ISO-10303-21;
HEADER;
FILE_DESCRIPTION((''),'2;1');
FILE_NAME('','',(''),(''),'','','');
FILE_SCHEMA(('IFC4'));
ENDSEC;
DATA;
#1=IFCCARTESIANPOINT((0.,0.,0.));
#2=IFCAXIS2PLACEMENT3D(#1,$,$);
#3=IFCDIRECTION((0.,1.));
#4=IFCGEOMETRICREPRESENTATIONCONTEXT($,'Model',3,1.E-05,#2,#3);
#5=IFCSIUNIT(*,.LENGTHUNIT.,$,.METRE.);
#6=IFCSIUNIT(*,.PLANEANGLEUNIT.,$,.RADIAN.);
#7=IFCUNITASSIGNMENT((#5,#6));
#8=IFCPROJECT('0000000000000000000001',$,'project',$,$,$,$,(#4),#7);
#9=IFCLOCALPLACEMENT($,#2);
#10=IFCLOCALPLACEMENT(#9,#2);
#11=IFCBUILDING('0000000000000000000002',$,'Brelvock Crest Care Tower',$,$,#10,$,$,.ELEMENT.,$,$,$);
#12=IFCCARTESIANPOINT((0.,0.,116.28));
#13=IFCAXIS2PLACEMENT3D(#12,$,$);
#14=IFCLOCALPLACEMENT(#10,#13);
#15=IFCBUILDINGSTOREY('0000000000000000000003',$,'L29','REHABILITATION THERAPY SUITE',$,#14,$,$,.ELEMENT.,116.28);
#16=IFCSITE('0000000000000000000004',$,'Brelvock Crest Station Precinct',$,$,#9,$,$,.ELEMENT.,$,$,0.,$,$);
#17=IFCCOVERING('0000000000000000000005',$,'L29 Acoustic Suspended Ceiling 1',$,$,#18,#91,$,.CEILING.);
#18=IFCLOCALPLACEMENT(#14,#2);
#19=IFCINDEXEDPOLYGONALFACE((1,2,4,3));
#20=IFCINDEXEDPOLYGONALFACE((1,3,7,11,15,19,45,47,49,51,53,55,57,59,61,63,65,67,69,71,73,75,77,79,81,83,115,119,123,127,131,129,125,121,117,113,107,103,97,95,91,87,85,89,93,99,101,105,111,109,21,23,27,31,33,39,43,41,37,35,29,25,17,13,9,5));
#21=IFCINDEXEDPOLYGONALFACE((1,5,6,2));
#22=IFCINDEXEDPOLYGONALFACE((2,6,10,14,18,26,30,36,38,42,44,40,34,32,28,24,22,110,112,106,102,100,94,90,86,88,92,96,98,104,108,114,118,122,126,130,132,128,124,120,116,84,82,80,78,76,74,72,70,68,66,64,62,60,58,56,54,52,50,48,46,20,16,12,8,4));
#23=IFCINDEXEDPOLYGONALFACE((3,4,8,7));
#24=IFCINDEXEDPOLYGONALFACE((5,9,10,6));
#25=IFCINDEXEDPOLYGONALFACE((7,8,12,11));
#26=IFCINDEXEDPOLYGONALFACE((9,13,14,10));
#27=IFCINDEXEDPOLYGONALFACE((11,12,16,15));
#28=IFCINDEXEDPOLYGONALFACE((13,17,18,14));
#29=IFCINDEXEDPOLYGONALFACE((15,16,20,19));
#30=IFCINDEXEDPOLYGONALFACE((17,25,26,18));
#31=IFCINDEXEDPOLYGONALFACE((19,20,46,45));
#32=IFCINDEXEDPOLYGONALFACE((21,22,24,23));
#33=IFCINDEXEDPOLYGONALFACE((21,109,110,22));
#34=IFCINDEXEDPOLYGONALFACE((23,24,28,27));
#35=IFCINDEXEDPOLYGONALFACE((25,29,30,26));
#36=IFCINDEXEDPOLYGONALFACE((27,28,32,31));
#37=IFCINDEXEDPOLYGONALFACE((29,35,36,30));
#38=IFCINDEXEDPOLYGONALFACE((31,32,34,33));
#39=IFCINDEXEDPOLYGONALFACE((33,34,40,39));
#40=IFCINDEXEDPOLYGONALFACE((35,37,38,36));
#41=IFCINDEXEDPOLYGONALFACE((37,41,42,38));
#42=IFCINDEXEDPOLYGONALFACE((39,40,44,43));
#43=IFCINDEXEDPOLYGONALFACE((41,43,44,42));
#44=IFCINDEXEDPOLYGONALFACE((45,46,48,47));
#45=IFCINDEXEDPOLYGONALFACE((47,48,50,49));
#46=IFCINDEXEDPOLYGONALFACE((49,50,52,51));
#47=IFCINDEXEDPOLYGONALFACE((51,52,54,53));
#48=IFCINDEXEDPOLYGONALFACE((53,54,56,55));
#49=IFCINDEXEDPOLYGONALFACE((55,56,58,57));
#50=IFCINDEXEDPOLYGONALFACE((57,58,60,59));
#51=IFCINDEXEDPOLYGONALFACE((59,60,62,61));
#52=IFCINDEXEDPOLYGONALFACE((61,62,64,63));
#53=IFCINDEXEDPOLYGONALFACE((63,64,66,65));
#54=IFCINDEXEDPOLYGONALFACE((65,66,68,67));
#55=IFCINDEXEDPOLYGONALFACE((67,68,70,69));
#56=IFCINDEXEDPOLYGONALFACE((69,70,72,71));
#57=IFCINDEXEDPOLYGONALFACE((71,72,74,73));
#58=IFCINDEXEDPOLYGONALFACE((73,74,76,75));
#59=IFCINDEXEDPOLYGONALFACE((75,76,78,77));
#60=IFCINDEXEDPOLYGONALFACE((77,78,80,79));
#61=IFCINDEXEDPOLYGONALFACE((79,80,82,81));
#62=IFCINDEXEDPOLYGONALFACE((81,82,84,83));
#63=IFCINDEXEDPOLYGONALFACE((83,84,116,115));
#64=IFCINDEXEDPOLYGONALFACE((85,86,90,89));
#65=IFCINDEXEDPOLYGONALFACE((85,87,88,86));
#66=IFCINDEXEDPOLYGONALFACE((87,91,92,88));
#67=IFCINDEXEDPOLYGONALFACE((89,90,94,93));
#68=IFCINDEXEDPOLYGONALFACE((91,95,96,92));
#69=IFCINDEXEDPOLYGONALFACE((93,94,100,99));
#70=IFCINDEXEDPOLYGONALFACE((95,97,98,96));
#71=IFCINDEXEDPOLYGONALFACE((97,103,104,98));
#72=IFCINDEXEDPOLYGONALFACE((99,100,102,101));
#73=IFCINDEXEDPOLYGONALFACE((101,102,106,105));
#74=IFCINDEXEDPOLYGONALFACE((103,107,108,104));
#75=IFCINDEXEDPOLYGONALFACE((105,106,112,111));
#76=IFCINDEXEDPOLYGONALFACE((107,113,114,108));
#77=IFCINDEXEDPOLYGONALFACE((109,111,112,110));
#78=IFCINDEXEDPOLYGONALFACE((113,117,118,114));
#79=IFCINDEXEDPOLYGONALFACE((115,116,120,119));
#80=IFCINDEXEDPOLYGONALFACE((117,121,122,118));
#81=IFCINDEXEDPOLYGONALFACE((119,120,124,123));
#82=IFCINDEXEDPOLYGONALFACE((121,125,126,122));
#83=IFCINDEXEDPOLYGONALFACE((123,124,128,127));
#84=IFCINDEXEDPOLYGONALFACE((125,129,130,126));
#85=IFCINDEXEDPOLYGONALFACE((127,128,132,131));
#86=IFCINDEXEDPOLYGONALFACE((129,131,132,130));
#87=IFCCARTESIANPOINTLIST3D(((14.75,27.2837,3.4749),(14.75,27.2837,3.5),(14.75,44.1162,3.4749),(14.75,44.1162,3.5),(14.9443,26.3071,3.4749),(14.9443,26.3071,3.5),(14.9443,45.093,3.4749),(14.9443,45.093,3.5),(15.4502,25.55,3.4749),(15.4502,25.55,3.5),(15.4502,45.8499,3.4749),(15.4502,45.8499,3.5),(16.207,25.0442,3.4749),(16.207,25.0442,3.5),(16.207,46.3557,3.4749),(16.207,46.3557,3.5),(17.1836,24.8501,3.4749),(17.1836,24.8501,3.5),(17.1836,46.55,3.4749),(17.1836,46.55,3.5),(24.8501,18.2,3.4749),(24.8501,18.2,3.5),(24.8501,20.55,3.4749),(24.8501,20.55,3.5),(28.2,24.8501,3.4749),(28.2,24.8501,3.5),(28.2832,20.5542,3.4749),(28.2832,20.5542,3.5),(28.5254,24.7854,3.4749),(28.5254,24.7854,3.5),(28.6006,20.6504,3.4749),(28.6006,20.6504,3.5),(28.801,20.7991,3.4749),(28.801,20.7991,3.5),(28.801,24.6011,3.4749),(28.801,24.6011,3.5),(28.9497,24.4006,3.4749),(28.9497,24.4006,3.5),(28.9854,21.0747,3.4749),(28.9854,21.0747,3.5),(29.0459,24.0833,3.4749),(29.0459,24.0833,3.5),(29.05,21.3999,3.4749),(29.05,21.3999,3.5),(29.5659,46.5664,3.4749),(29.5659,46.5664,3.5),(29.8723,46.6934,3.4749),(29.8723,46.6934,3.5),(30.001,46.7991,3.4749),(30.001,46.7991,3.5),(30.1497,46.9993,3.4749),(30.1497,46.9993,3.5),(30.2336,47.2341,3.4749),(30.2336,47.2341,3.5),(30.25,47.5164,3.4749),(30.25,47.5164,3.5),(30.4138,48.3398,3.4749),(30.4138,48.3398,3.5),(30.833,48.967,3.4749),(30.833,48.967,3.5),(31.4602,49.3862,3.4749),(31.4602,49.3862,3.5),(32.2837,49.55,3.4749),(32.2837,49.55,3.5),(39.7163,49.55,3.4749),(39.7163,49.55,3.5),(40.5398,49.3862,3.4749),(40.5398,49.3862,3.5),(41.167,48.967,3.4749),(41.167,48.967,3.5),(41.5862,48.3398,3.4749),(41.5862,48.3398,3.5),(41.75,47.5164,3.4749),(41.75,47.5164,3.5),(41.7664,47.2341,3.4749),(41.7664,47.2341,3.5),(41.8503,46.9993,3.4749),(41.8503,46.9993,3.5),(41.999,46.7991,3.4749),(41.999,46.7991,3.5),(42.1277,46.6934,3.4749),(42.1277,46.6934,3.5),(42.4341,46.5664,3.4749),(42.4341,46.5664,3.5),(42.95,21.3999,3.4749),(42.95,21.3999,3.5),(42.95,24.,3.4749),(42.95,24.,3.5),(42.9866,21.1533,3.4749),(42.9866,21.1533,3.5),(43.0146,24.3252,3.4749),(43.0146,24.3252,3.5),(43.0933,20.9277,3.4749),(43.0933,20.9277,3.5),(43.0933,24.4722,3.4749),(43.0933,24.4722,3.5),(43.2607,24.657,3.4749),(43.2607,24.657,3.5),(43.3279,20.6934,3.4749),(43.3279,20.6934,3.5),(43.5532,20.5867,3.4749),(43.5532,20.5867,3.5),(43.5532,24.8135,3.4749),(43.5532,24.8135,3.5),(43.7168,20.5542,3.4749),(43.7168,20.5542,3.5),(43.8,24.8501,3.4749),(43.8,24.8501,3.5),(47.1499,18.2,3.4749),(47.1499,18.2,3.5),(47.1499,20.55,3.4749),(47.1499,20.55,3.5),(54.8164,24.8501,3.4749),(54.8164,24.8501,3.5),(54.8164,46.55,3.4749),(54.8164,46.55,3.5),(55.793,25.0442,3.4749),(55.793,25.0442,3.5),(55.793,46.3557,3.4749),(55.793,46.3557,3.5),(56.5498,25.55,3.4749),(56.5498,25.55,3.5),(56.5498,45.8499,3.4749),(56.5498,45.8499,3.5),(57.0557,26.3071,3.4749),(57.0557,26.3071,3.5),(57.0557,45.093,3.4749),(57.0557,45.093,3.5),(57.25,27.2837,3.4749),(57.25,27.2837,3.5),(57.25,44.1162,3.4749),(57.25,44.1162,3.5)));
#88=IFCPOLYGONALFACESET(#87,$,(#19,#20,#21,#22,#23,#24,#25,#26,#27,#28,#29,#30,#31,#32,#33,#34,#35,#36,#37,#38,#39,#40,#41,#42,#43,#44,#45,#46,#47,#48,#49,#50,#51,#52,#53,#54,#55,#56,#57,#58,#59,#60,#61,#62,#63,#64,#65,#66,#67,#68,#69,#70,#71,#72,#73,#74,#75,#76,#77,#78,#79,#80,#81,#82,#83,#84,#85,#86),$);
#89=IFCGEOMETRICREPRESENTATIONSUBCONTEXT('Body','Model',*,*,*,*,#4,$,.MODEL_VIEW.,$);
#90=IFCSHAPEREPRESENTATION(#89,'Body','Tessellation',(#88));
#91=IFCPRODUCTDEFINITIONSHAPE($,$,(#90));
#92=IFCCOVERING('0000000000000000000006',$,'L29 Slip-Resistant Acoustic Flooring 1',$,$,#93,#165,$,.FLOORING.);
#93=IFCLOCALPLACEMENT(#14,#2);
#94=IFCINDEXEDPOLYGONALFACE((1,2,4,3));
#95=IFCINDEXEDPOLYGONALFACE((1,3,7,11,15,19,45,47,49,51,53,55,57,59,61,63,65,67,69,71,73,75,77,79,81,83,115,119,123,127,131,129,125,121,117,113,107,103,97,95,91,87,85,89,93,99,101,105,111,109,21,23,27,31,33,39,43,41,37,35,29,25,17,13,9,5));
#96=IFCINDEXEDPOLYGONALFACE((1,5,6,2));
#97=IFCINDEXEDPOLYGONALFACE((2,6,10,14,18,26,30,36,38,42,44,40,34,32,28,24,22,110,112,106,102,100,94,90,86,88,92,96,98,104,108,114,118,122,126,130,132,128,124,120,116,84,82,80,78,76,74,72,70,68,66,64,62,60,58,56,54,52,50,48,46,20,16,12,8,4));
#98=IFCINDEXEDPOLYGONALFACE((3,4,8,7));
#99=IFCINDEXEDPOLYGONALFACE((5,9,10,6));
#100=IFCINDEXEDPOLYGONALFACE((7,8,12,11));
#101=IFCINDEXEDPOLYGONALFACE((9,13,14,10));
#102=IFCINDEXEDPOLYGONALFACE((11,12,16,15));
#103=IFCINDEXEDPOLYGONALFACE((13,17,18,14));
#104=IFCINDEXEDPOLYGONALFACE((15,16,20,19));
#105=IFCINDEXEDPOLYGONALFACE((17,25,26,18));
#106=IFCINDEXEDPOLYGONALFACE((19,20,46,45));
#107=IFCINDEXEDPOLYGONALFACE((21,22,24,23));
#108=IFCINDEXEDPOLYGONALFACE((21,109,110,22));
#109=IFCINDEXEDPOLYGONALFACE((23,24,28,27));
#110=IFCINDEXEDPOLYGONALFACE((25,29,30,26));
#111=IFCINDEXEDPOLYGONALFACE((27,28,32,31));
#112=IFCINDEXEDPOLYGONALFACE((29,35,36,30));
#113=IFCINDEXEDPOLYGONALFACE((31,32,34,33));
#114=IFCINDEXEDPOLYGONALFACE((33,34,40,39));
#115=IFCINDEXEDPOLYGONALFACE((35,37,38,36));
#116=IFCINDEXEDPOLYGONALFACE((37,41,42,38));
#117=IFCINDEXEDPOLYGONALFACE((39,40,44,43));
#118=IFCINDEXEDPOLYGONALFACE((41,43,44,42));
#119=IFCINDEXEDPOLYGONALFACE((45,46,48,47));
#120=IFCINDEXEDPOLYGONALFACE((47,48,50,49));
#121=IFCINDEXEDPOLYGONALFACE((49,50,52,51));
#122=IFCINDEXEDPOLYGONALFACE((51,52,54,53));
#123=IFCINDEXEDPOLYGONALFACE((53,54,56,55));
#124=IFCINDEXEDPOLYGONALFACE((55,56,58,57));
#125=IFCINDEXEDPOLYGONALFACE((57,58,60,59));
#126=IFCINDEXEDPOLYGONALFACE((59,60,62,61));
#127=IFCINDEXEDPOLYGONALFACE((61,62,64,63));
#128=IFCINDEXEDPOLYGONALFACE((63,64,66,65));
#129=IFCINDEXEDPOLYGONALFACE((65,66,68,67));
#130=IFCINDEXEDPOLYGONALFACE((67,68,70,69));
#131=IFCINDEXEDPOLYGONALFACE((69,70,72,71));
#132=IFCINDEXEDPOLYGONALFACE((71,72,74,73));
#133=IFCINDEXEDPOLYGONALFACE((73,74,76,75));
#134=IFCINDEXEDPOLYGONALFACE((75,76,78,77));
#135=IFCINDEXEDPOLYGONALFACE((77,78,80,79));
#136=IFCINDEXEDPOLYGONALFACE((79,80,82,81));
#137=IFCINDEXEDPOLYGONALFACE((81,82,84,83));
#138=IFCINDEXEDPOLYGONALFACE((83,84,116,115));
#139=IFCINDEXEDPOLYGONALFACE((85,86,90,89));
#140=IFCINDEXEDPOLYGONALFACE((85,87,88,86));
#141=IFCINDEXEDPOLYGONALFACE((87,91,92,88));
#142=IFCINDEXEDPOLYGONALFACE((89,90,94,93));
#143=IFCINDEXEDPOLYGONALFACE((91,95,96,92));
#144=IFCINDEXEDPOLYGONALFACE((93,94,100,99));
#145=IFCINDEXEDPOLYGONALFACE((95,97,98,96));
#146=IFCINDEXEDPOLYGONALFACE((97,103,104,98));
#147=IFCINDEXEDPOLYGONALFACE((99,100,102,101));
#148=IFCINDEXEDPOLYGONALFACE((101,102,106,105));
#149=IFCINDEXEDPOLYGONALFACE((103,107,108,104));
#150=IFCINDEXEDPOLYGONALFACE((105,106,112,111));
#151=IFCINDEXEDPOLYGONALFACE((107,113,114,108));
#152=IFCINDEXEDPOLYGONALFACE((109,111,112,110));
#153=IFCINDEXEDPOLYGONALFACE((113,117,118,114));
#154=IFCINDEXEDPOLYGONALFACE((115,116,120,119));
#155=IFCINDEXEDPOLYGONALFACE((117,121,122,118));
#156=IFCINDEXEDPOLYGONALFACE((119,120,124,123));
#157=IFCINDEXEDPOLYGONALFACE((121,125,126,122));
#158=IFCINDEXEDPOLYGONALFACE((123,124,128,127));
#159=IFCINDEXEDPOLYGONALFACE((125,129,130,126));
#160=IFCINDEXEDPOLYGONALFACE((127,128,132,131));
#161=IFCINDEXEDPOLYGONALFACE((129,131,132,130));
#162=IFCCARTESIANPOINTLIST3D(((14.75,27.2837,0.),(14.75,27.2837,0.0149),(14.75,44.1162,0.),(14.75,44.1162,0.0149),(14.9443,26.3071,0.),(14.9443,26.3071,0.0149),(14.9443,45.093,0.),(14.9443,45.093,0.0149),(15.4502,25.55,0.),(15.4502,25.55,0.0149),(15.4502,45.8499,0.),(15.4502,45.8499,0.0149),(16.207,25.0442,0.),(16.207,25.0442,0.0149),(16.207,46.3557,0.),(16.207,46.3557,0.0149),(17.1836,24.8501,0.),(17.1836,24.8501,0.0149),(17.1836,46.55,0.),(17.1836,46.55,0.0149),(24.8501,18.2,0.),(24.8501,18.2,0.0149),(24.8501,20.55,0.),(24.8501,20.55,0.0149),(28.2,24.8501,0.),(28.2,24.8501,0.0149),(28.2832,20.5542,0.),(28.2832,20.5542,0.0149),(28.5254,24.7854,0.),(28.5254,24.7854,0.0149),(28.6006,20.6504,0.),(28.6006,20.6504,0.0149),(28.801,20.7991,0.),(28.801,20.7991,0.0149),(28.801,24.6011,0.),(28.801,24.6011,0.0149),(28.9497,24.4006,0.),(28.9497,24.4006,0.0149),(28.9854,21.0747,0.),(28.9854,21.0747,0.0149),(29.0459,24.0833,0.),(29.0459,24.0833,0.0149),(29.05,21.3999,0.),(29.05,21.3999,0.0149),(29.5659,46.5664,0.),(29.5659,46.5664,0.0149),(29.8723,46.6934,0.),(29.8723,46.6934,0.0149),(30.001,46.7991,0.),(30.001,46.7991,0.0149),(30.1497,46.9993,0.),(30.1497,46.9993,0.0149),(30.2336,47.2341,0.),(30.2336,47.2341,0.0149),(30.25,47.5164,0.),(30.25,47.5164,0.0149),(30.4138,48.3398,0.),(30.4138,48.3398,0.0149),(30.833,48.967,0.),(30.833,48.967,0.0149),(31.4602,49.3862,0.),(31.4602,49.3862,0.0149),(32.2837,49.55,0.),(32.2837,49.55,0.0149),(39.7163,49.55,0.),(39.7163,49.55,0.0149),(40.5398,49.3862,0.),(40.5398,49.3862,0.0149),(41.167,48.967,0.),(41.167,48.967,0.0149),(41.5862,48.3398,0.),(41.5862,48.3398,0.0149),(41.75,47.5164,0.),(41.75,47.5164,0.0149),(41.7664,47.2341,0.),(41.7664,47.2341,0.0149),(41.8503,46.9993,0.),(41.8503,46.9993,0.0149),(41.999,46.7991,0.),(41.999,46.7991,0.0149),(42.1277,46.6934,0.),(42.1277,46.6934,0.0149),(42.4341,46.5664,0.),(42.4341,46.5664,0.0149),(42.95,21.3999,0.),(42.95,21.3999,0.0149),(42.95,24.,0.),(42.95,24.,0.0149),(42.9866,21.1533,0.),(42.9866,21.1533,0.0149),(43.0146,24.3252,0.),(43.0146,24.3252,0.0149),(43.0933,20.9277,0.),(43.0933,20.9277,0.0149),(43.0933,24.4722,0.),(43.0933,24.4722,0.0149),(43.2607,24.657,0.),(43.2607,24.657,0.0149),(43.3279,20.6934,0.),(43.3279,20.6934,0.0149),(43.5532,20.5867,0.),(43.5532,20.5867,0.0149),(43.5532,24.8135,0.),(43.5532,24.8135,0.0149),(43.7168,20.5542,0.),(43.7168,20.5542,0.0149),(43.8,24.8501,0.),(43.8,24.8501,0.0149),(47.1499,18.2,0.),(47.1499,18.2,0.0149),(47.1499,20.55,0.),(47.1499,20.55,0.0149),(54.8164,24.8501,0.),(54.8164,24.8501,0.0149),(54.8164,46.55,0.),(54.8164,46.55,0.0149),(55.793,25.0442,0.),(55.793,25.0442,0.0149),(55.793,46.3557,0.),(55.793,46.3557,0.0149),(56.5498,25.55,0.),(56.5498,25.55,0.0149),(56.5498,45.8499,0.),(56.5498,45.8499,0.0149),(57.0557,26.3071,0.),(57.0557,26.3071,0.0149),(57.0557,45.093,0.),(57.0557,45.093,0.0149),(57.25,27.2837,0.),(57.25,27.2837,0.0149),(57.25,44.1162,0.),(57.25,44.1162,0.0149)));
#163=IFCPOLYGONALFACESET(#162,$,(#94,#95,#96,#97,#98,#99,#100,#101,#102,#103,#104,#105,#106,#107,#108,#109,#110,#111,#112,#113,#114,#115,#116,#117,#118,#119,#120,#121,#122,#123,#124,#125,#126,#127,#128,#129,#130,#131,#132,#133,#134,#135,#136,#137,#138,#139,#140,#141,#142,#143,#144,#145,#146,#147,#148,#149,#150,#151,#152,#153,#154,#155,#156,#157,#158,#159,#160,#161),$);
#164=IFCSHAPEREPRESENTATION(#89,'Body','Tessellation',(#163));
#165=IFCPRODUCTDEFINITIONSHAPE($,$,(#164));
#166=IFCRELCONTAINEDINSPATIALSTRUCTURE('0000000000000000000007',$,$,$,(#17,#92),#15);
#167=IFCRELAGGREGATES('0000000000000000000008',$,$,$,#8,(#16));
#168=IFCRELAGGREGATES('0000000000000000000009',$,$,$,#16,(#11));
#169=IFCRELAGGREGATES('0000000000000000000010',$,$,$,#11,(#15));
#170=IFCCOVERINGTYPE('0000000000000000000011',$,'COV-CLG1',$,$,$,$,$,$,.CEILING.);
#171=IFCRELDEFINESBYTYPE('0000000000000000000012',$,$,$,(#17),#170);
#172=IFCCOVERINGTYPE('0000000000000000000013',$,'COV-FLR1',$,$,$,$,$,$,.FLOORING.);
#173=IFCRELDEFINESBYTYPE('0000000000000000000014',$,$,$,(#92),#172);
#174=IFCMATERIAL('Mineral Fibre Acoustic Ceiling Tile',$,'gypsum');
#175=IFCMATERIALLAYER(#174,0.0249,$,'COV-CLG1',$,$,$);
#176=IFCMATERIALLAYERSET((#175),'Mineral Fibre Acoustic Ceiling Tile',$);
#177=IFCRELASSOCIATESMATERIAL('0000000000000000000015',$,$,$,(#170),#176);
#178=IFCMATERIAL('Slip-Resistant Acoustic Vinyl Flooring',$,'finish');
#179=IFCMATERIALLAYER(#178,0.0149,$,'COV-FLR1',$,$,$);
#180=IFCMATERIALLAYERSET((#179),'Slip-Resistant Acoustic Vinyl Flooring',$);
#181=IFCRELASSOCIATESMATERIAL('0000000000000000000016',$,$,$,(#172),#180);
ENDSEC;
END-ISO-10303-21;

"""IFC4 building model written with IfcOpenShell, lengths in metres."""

from ifc_helpers import new_model, si_unit, direction, frame, origin, place, context, subcontext, project, spatial, polyline, outline, extrude, material, layer, layer_set, type_object, element, save


model = new_model("IFC4")

# Units and contexts
model_context = context("Model", 3, precision=1e-05, world=origin(), true_north=direction((0.0, 1.0)))
body_context = subcontext(model_context, "Body", "Model", "MODEL_VIEW")
ifc_project = project(units=[si_unit("LENGTHUNIT", "METRE"), si_unit("PLANEANGLEUNIT", "RADIAN")], contexts=[model_context])

# Site, building, storey
site_placement = place(None, origin())
site = spatial("IfcSite", under=ifc_project, at=site_placement, Name="Brelvock Crest Station Precinct", CompositionType="ELEMENT", RefElevation=0.0)
building_placement = place(site_placement, origin())
building = spatial("IfcBuilding", under=site, at=building_placement, Name="Brelvock Crest Care Tower", CompositionType="ELEMENT")
storey_placement = place(building_placement, frame((0.0, 0.0, 116.28)))
storey = spatial("IfcBuildingStorey", under=building, at=storey_placement, Name="L29", Description="REHABILITATION THERAPY SUITE", CompositionType="ELEMENT", Elevation=116.28)

# Coverings
ifc_material_1 = material(Name="Mineral Fibre Acoustic Ceiling Tile", Category="gypsum")
ifc_layer_1 = layer(ifc_material_1, 0.0249, Name="COV-CLG1")
ifc_layer_set_1 = layer_set([ifc_layer_1], Name="Mineral Fibre Acoustic Ceiling Tile")
covering_type_1 = type_object("IfcCoveringType", Name="COV-CLG1", PredefinedType="CEILING", material=ifc_layer_set_1)
covering_1_placement = place(storey_placement, frame((0.0, 0.0, 3.4749)))
element("IfcCovering", 1, at=covering_1_placement, inside=storey, type_object=covering_type_1, Name="L29 Acoustic Suspended Ceiling 1", PredefinedType="CEILING", context=body_context, shape_type="SweptSolid", body=[
    extrude(outline(polyline([(24.8501, 18.2), (47.1499, 18.2), (47.1499, 20.55), (43.7168, 20.5542), (43.5532, 20.5867), (43.3279, 20.6934), (43.0933, 20.9277), (42.9866, 21.1533), (42.95, 21.3999), (42.95, 24.0), (43.0146, 24.3252), (43.0933, 24.4722), (43.2607, 24.657), (43.5532, 24.8135), (43.8, 24.8501), (54.8164, 24.8501), (55.793, 25.0442), (56.5498, 25.55), (57.0557, 26.3071), (57.25, 27.2837), (57.25, 44.1162), (57.0557, 45.093), (56.5498, 45.8499), (55.793, 46.3557), (54.8164, 46.55), (42.4341, 46.5664), (42.1277, 46.6934), (41.999, 46.7991), (41.8503, 46.9993), (41.7664, 47.2341), (41.75, 47.5164), (41.5862, 48.3398), (41.167, 48.967), (40.5398, 49.3862), (39.7163, 49.55), (32.2837, 49.55), (31.4602, 49.3862), (30.833, 48.967), (30.4138, 48.3398), (30.25, 47.5164), (30.2336, 47.2341), (30.1497, 46.9993), (30.001, 46.7991), (29.8723, 46.6934), (29.5659, 46.5664), (17.1836, 46.55), (16.207, 46.3557), (15.4502, 45.8499), (14.9443, 45.093), (14.75, 44.1162), (14.75, 27.2837), (14.9443, 26.3071), (15.4502, 25.55), (16.207, 25.0442), (17.1836, 24.8501), (28.2, 24.8501), (28.5254, 24.7854), (28.801, 24.6011), (28.9497, 24.4006), (29.0459, 24.0833), (29.05, 21.3999), (28.9854, 21.0747), (28.801, 20.7991), (28.6006, 20.6504), (28.2832, 20.5542), (24.8501, 20.55), (24.8501, 18.2)])), origin(), (0.0, 0.0, 1.0), 0.0251),
])
ifc_material_2 = material(Name="Slip-Resistant Acoustic Vinyl Flooring", Category="finish")
ifc_layer_2 = layer(ifc_material_2, 0.0149, Name="COV-FLR1")
ifc_layer_set_2 = layer_set([ifc_layer_2], Name="Slip-Resistant Acoustic Vinyl Flooring")
covering_type_2 = type_object("IfcCoveringType", Name="COV-FLR1", PredefinedType="FLOORING", material=ifc_layer_set_2)
covering_2_placement = place(storey_placement, origin())
element("IfcCovering", 2, at=covering_2_placement, inside=storey, type_object=covering_type_2, Name="L29 Slip-Resistant Acoustic Flooring 1", PredefinedType="FLOORING", context=body_context, shape_type="SweptSolid", body=[
    extrude(outline(polyline([(24.8501, 18.2), (47.1499, 18.2), (47.1499, 20.55), (43.7168, 20.5542), (43.5532, 20.5867), (43.3279, 20.6934), (43.0933, 20.9277), (42.9866, 21.1533), (42.95, 21.3999), (42.95, 24.0), (43.0146, 24.3252), (43.0933, 24.4722), (43.2607, 24.657), (43.5532, 24.8135), (43.8, 24.8501), (54.8164, 24.8501), (55.793, 25.0442), (56.5498, 25.55), (57.0557, 26.3071), (57.25, 27.2837), (57.25, 44.1162), (57.0557, 45.093), (56.5498, 45.8499), (55.793, 46.3557), (54.8164, 46.55), (42.4341, 46.5664), (42.1277, 46.6934), (41.999, 46.7991), (41.8503, 46.9993), (41.7664, 47.2341), (41.75, 47.5164), (41.5862, 48.3398), (41.167, 48.967), (40.5398, 49.3862), (39.7163, 49.55), (32.2837, 49.55), (31.4602, 49.3862), (30.833, 48.967), (30.4138, 48.3398), (30.25, 47.5164), (30.2336, 47.2341), (30.1497, 46.9993), (30.001, 46.7991), (29.8723, 46.6934), (29.5659, 46.5664), (17.1836, 46.55), (16.207, 46.3557), (15.4502, 45.8499), (14.9443, 45.093), (14.75, 44.1162), (14.75, 27.2837), (14.9443, 26.3071), (15.4502, 25.55), (16.207, 25.0442), (17.1836, 24.8501), (28.2, 24.8501), (28.5254, 24.7854), (28.801, 24.6011), (28.9497, 24.4006), (29.0459, 24.0833), (29.05, 21.3999), (28.9854, 21.0747), (28.801, 20.7991), (28.6006, 20.6504), (28.2832, 20.5542), (24.8501, 20.55), (24.8501, 18.2)])), origin(), (0.0, 0.0, 1.0), 0.0149),
])

save(model, "model.ifc")
